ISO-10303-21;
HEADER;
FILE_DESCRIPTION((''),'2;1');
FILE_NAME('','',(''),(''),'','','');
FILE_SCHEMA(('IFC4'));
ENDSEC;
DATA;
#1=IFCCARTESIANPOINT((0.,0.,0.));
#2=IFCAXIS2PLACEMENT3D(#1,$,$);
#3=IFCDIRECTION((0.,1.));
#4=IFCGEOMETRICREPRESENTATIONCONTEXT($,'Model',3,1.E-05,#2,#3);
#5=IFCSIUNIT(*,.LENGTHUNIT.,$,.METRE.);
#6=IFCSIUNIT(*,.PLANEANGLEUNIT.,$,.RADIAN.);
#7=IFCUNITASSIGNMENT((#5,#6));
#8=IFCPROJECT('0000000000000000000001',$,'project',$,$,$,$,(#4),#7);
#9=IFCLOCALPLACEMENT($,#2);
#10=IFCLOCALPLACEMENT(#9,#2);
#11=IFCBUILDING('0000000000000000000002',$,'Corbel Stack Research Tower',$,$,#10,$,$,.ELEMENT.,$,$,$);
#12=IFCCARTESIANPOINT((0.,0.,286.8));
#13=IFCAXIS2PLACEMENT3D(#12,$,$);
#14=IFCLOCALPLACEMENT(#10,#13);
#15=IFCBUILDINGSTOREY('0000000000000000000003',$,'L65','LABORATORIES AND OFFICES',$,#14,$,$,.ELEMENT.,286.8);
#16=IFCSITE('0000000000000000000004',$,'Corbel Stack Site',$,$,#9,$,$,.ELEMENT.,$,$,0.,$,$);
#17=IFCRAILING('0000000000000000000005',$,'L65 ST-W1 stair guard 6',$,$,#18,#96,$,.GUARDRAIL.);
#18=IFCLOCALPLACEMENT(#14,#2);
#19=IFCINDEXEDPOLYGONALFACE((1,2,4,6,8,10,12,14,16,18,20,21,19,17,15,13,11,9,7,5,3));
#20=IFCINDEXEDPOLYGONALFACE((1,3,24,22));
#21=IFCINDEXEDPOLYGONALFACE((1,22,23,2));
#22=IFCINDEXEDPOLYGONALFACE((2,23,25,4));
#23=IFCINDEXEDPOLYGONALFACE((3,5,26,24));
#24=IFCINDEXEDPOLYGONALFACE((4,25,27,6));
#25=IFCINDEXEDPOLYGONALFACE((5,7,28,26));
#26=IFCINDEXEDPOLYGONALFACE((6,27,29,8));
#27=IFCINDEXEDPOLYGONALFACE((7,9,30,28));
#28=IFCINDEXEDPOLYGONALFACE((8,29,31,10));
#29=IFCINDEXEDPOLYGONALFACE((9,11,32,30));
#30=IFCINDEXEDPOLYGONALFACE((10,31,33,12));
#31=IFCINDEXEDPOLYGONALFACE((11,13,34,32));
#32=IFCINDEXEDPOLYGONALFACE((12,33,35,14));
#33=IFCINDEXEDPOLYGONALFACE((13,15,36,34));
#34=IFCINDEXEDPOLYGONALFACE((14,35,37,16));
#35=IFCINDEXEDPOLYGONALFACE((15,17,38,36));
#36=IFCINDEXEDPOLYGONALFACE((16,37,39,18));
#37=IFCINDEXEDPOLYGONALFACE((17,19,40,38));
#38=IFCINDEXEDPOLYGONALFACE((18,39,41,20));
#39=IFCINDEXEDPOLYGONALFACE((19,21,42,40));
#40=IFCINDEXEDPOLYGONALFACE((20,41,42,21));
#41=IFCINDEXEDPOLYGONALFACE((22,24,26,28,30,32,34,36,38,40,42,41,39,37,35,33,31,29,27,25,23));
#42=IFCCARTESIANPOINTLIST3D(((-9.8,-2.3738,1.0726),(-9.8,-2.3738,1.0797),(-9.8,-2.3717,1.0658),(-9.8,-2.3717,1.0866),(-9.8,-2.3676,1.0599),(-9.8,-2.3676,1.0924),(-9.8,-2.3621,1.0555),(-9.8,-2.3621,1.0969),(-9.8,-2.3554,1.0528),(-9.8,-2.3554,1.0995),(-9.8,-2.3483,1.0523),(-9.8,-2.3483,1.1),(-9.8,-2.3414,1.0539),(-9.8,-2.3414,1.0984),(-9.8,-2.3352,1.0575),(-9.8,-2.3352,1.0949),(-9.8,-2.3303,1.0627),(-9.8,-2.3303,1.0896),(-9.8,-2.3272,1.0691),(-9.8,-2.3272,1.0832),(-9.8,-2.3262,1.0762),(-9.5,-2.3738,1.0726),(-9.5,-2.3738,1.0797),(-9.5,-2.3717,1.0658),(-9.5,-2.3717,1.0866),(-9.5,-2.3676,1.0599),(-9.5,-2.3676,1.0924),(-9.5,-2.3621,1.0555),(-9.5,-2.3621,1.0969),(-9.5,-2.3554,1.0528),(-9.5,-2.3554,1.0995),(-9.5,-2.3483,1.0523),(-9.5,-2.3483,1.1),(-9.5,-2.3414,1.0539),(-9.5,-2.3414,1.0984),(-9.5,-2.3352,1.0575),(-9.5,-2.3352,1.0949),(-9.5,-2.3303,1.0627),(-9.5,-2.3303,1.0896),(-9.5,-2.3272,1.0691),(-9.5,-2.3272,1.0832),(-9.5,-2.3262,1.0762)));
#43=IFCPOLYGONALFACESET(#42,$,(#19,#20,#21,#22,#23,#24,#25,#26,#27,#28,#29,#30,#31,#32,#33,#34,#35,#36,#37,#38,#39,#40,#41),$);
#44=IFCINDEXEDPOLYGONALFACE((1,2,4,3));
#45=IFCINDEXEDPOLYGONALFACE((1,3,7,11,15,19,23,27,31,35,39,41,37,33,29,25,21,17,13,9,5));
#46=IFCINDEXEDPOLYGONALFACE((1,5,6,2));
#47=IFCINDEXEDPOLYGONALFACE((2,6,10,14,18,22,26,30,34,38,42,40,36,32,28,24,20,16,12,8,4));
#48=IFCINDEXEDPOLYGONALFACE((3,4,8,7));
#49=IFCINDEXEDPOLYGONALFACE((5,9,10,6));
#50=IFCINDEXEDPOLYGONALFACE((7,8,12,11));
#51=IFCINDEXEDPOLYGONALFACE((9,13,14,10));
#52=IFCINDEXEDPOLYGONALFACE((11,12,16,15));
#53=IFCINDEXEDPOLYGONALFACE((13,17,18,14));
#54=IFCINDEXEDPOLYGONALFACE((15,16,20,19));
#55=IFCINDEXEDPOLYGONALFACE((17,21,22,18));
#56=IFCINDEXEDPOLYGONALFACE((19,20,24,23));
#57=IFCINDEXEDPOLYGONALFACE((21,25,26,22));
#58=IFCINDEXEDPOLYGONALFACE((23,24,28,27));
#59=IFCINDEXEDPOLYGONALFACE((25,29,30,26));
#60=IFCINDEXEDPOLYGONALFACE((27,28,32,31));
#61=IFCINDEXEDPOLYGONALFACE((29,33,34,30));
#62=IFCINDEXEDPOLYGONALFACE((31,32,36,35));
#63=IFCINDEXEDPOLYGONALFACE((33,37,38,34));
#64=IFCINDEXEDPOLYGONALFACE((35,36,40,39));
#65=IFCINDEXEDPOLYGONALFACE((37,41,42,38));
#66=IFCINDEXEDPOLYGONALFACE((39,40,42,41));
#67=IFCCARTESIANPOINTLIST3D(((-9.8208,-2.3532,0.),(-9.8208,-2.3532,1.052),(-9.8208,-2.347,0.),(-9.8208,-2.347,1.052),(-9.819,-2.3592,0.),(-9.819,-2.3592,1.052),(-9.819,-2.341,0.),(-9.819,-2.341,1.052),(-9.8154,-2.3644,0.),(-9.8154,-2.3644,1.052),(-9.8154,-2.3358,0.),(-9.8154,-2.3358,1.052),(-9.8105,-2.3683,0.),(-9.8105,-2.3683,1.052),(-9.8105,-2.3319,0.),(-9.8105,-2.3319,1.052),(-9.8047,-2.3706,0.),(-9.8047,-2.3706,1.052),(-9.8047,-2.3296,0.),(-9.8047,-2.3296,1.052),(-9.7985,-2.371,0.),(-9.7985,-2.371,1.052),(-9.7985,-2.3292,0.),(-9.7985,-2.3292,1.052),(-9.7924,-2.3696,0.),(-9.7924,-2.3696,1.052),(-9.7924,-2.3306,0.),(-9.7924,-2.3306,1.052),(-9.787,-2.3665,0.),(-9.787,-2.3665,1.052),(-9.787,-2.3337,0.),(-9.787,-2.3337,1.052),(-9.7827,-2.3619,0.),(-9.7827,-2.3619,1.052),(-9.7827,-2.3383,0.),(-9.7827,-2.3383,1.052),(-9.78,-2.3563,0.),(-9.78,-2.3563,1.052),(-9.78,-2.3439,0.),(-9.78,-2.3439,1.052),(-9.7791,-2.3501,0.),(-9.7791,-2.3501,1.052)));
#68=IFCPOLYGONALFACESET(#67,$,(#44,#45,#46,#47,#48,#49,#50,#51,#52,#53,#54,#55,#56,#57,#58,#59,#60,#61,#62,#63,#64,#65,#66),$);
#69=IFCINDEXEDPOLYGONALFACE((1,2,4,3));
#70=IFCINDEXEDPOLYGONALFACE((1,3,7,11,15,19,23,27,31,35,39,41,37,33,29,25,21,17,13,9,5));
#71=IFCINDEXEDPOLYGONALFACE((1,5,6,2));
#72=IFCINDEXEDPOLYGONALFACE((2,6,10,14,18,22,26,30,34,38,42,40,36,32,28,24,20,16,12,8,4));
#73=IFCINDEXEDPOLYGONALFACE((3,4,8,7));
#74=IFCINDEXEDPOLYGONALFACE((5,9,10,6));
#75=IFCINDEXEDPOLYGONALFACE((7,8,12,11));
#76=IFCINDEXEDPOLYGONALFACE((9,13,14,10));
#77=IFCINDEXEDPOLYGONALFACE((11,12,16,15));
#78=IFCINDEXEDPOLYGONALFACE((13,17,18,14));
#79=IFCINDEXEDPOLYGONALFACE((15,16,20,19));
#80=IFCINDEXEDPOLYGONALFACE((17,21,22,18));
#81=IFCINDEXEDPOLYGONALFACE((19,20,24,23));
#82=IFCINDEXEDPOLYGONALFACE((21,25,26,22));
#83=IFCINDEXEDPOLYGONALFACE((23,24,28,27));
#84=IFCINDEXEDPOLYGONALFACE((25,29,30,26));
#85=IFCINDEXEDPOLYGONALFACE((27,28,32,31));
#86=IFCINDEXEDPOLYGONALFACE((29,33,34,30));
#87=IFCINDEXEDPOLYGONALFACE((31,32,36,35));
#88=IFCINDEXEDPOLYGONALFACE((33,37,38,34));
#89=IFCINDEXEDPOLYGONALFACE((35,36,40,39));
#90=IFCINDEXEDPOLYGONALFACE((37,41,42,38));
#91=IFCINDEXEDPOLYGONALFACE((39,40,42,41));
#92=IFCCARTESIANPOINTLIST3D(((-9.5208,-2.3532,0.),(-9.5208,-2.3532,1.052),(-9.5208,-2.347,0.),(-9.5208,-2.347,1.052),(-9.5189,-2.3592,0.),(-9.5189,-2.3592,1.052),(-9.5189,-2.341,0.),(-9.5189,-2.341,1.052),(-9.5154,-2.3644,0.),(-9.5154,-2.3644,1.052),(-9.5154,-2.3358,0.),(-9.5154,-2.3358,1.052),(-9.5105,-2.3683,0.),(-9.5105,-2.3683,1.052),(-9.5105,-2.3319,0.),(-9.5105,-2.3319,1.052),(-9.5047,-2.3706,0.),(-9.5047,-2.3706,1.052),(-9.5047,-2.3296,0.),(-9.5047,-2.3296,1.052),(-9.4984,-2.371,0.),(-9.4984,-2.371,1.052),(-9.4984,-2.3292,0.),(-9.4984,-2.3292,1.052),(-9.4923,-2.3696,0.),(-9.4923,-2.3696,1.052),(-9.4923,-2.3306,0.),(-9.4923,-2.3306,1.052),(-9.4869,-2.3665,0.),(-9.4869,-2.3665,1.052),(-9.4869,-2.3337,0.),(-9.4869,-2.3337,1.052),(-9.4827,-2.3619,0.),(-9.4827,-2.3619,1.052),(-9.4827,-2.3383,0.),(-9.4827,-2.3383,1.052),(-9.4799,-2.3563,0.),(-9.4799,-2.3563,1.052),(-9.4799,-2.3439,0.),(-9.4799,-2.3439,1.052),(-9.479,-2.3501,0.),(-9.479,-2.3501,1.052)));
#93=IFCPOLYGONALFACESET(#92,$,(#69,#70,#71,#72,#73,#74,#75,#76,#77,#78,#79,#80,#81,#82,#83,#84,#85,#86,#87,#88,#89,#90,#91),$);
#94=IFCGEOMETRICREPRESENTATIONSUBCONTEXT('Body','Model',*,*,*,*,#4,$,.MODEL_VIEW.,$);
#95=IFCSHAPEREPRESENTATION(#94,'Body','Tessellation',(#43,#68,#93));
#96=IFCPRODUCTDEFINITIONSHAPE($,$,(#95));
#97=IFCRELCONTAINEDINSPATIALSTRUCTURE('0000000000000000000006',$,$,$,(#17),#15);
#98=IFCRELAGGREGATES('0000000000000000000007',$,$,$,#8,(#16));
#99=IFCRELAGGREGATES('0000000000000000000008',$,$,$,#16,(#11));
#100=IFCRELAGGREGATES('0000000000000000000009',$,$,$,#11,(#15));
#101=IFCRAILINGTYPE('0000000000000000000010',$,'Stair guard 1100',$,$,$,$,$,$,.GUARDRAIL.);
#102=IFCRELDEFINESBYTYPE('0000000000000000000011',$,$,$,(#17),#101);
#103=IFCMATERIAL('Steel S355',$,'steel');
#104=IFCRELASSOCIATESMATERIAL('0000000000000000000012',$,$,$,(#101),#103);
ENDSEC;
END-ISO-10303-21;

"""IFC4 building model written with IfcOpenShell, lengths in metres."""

from ifc_helpers import new_model, si_unit, direction, frame, origin, origin_2d, place, context, subcontext, project, spatial, circle, extrude, material, type_object, element, save


model = new_model("IFC4")

# Units and contexts
model_context = context("Model", 3, precision=1e-05, world=origin(), true_north=direction((0.0, 1.0)))
body_context = subcontext(model_context, "Body", "Model", "MODEL_VIEW")
ifc_project = project(units=[si_unit("LENGTHUNIT", "METRE"), si_unit("PLANEANGLEUNIT", "RADIAN")], contexts=[model_context])

# Site, building, storey
site_placement = place(None, origin())
site = spatial("IfcSite", under=ifc_project, at=site_placement, Name="Corbel Stack Site", CompositionType="ELEMENT", RefElevation=0.0)
building_placement = place(site_placement, origin())
building = spatial("IfcBuilding", under=site, at=building_placement, Name="Corbel Stack Research Tower", CompositionType="ELEMENT")
storey_placement = place(building_placement, frame((0.0, 0.0, 286.8)))
storey = spatial("IfcBuildingStorey", under=building, at=storey_placement, Name="L65", Description="LABORATORIES AND OFFICES", CompositionType="ELEMENT", Elevation=286.8)

# Railing
ifc_material_1 = material(Name="Steel S355", Category="steel")
railing_type_1 = type_object("IfcRailingType", Name="Stair guard 1100", PredefinedType="GUARDRAIL", material=ifc_material_1)
for number, where, name in (
    (1, (-9.8, -2.3501, 0.0), "L65 ST-W1 stair guard 6"),
):
    element("IfcRailing", number, at=place(storey_placement, frame(where)), inside=storey, type_object=railing_type_1, Name=name, PredefinedType="GUARDRAIL", context=body_context, shape_type="SweptSolid", body=[
        extrude(circle(Radius=0.0239, at=origin_2d()), frame((0.0, 0.0, 1.0762), z_axis=(1.0, 0.0, 0.0), x_axis=(0.0, 1.0, 0.0)), (0.0, 0.0, 1.0), 0.3),
        extrude(circle(Radius=0.021, at=origin_2d()), origin(), (0.0, 0.0, 1.0), 1.052),
        extrude(circle(Radius=0.021, at=origin_2d()), frame((0.3, 0.0, 0.0)), (0.0, 0.0, 1.0), 1.052),
    ])

save(model, "model.ifc")
